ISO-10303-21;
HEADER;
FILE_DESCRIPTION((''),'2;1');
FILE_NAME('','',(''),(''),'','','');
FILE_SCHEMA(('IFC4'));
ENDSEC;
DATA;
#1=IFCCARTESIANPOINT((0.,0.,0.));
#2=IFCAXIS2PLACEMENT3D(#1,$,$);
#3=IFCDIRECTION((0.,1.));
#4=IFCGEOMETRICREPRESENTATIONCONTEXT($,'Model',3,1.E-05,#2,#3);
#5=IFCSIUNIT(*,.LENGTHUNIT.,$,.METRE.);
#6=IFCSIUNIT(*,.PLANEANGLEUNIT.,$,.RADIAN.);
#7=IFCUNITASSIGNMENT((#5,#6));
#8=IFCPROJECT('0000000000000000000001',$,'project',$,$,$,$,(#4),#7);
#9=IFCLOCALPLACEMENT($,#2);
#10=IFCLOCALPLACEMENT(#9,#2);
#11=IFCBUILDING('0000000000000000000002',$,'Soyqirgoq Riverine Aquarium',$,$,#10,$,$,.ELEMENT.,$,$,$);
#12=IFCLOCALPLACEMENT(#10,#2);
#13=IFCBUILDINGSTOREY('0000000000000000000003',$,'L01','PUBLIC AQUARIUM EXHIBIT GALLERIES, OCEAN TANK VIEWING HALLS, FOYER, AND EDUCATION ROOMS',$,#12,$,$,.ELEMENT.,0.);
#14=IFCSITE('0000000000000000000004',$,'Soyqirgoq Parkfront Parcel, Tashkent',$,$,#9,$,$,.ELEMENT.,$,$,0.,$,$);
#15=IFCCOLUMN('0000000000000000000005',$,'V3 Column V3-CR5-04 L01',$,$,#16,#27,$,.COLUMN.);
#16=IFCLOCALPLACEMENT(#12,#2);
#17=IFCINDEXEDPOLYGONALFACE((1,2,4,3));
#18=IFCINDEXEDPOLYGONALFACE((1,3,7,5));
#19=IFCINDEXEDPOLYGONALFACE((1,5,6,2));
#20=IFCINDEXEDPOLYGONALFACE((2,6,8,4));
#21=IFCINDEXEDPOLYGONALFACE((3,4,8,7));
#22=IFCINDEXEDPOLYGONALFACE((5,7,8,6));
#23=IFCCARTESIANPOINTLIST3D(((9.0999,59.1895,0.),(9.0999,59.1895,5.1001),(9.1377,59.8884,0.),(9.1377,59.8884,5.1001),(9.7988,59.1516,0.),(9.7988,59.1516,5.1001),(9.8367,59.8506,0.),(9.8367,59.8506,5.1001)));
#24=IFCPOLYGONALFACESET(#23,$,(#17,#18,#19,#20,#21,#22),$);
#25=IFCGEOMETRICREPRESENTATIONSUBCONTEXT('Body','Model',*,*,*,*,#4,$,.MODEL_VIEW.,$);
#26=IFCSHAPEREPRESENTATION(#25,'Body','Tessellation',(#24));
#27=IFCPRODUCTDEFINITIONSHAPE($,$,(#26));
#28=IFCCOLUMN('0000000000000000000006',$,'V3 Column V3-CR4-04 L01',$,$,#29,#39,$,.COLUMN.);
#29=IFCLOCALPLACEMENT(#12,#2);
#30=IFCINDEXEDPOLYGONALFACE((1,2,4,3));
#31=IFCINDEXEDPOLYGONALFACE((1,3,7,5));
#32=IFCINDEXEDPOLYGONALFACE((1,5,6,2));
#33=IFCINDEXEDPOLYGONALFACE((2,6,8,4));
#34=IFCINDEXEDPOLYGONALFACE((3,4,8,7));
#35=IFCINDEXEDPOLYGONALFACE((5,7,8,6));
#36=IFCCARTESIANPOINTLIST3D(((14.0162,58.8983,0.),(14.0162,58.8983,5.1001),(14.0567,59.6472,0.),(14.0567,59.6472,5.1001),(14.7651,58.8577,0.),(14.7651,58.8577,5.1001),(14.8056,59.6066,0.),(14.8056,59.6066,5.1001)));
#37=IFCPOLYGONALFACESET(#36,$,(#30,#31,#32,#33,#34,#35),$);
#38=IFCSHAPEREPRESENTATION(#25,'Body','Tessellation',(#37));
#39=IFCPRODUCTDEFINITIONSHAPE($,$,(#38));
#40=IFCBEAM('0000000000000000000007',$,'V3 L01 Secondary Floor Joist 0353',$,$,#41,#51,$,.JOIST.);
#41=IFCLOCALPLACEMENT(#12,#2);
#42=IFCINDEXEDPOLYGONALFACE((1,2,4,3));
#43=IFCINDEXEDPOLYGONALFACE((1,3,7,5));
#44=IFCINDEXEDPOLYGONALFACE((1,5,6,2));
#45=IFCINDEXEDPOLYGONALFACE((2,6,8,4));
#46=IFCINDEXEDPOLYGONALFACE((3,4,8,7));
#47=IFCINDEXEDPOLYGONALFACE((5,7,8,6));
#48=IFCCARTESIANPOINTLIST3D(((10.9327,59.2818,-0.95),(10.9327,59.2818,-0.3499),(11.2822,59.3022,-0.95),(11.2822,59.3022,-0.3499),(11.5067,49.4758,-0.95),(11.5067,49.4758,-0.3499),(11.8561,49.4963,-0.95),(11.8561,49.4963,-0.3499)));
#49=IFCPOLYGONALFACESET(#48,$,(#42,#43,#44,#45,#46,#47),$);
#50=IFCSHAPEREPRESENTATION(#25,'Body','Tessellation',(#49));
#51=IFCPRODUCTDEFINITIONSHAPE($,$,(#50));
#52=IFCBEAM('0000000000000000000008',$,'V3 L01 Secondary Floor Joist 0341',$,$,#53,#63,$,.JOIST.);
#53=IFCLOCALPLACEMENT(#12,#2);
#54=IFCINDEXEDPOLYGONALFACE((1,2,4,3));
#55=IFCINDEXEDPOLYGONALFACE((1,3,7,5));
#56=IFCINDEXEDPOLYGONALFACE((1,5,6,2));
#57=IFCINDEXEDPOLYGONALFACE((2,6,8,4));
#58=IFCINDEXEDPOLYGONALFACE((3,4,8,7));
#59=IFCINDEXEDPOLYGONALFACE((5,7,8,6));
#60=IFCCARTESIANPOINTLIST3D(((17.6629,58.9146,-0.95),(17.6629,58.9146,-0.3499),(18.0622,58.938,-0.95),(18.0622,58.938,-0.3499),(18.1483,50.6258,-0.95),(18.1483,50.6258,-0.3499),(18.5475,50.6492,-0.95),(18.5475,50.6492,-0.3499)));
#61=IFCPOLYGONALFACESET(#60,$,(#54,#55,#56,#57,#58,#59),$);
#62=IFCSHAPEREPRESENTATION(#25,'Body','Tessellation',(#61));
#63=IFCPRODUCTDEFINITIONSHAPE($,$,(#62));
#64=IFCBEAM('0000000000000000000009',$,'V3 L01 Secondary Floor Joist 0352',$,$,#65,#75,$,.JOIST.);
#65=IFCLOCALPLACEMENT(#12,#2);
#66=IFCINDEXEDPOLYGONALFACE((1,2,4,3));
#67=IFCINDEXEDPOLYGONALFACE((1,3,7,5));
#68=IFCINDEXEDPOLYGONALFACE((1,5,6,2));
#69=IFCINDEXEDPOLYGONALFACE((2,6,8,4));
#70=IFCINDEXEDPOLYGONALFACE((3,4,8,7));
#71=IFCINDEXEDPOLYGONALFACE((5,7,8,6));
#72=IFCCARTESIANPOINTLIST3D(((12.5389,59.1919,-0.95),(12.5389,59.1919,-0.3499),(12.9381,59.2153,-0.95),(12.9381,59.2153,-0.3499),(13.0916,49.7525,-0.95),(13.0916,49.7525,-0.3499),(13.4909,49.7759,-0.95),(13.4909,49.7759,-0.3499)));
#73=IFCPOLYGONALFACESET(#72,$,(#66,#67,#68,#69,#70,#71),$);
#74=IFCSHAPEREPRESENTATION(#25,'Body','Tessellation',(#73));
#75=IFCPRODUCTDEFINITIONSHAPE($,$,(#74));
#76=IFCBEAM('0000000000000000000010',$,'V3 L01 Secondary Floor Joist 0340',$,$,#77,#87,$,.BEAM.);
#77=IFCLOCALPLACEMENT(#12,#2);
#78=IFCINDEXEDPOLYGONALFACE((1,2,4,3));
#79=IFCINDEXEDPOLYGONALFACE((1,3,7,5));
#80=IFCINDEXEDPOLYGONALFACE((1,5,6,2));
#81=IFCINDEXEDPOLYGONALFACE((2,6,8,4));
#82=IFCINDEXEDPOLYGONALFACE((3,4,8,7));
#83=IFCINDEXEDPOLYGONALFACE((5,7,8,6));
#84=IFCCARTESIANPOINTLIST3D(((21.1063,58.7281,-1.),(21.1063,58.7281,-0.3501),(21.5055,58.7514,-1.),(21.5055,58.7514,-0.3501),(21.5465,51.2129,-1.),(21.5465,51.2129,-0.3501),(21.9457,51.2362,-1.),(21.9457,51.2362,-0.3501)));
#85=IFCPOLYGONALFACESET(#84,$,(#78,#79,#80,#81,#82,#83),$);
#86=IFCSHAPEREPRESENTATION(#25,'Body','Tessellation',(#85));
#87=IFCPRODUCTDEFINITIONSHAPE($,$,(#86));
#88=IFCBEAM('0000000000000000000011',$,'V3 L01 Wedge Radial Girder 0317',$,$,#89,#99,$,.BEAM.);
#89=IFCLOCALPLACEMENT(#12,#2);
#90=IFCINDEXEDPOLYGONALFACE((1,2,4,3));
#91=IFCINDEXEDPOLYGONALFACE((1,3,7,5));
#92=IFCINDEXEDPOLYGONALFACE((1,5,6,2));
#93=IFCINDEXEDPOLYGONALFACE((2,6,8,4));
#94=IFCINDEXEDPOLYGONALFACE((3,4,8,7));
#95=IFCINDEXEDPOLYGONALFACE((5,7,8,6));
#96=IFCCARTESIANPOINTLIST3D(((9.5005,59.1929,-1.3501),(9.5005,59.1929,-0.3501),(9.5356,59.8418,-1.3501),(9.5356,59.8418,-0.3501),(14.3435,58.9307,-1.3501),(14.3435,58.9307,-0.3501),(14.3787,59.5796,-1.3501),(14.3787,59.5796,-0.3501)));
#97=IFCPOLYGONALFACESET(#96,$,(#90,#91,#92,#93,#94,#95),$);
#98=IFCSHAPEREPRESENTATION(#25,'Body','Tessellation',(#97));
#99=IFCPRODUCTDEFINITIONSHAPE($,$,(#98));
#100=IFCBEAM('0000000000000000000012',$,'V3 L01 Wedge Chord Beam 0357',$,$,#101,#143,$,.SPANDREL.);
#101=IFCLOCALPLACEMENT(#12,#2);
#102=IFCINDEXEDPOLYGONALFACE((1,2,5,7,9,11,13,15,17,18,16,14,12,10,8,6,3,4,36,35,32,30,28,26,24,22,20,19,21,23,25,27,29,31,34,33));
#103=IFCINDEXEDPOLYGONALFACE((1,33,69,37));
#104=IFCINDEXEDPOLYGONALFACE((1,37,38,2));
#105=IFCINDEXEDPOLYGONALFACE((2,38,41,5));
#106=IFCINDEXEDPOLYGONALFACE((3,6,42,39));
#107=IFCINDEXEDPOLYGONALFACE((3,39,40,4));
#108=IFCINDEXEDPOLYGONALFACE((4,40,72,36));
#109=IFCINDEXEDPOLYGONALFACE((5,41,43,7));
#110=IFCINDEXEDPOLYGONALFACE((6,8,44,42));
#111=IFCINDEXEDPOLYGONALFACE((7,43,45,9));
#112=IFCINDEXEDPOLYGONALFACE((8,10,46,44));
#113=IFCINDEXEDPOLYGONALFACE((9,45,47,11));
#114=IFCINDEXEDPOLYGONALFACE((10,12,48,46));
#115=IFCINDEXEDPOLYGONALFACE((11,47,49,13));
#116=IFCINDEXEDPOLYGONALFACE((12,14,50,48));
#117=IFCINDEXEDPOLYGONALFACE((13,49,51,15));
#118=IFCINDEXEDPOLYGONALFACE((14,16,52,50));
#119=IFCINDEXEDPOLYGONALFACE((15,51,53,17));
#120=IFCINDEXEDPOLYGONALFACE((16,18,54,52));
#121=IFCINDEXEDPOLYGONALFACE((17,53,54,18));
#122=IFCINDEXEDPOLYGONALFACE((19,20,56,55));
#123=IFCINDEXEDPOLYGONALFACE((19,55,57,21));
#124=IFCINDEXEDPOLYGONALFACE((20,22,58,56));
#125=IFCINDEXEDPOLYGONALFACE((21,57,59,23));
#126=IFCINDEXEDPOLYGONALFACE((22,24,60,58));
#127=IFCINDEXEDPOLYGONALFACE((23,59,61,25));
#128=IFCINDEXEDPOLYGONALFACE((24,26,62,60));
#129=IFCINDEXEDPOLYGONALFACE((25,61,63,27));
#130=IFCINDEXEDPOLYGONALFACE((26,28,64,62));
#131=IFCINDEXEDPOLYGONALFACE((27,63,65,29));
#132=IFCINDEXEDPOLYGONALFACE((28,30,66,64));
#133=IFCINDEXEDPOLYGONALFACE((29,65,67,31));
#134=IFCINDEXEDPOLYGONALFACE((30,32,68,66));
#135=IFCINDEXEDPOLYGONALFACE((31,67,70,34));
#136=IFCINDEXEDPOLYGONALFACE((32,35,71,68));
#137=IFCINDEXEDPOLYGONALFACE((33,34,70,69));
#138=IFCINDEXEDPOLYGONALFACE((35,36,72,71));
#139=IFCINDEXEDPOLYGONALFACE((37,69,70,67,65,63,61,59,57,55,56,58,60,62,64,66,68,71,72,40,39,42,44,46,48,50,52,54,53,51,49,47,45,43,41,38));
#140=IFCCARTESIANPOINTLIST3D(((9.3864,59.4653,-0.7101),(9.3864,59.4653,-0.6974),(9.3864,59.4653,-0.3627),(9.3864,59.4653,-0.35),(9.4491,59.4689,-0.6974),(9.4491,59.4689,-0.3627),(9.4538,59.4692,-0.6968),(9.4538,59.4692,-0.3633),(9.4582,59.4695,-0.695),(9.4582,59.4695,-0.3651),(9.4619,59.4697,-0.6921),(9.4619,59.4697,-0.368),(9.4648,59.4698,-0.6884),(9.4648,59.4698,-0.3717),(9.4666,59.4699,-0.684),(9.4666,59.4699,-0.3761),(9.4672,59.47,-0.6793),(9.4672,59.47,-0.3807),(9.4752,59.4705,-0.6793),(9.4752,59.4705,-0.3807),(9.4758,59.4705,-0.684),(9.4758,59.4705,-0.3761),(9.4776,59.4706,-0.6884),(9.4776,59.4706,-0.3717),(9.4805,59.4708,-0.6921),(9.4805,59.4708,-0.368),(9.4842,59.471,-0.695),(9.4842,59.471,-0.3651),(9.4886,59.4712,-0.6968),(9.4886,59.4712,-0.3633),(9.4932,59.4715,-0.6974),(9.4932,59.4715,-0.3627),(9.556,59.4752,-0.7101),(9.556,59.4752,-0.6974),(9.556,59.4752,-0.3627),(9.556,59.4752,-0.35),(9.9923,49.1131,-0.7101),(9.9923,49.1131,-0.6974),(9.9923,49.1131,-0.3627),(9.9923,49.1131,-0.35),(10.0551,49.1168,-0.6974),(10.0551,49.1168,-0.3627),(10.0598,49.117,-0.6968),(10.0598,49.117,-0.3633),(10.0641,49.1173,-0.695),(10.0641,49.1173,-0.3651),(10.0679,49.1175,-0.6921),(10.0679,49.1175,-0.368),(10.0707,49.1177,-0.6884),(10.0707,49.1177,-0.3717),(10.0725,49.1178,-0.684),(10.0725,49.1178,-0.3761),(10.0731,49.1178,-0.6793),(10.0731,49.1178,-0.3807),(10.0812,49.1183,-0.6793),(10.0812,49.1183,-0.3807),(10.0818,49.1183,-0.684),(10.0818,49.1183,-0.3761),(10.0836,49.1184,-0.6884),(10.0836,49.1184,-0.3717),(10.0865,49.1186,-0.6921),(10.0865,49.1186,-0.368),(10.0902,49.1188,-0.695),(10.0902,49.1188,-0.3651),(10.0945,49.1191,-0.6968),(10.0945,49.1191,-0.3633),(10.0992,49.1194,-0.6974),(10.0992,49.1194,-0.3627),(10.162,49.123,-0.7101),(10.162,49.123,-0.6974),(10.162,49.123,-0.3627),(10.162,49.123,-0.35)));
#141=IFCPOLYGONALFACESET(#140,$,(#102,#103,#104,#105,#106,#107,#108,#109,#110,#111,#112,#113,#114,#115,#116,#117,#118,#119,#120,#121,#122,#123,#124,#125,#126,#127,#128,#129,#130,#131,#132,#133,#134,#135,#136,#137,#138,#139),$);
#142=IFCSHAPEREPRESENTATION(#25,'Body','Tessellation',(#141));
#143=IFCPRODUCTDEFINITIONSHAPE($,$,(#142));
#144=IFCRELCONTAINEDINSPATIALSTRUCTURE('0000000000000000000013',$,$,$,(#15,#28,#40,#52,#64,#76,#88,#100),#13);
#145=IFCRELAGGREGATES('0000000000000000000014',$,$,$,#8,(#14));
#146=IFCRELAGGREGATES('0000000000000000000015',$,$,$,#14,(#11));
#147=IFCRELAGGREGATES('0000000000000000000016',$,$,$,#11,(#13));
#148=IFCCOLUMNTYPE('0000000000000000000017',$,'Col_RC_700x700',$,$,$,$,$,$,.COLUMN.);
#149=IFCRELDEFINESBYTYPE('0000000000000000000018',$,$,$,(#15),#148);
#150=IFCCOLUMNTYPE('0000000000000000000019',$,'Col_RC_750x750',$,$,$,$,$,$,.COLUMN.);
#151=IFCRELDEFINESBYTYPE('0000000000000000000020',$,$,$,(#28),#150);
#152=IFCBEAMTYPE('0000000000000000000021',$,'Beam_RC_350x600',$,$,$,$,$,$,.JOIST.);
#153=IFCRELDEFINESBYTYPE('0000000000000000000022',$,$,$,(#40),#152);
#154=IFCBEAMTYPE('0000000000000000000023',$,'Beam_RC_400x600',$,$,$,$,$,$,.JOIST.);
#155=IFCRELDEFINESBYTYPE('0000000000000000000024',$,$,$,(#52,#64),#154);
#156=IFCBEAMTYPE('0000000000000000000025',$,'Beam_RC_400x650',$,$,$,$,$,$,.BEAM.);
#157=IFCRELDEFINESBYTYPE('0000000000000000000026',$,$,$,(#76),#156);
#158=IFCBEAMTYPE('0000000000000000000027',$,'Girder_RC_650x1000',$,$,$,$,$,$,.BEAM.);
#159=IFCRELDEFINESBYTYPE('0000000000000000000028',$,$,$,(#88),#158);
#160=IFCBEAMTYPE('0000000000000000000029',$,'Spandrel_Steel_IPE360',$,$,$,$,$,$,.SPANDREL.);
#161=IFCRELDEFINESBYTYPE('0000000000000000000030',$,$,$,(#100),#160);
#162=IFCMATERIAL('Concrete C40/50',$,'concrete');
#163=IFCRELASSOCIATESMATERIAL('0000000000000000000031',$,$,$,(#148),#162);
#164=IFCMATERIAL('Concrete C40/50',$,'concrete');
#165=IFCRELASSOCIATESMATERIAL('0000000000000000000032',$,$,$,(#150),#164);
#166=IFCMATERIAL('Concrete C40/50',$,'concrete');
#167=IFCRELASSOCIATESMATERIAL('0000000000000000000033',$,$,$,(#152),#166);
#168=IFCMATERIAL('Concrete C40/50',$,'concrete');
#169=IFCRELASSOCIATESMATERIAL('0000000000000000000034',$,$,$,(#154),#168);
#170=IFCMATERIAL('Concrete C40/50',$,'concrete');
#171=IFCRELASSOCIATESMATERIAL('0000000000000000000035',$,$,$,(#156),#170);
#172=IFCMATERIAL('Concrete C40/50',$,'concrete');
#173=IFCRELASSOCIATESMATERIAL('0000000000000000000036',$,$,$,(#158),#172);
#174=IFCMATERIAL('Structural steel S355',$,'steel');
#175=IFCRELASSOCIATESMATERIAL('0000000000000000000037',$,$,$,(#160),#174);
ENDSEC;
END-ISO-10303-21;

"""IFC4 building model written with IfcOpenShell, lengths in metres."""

from ifc_helpers import new_model, si_unit, direction, frame, origin, origin_2d, place, context, subcontext, project, spatial, rectangle, i_section, extrude, material, material_profile, profile_set, type_object, element, save


model = new_model("IFC4")

# Units and contexts
model_context = context("Model", 3, precision=1e-05, world=origin(), true_north=direction((0.0, 1.0)))
body_context = subcontext(model_context, "Body", "Model", "MODEL_VIEW")
ifc_project = project(units=[si_unit("LENGTHUNIT", "METRE"), si_unit("PLANEANGLEUNIT", "RADIAN")], contexts=[model_context])

# Site, building, storey
site_placement = place(None, origin())
site = spatial("IfcSite", under=ifc_project, at=site_placement, Name="Soyqirgoq Parkfront Parcel, Tashkent", CompositionType="ELEMENT", RefElevation=0.0)
building_placement = place(site_placement, origin())
building = spatial("IfcBuilding", under=site, at=building_placement, Name="Soyqirgoq Riverine Aquarium", CompositionType="ELEMENT")
storey_placement = place(building_placement, origin())
storey = spatial("IfcBuildingStorey", under=building, at=storey_placement, Name="L01", Description="PUBLIC AQUARIUM EXHIBIT GALLERIES, OCEAN TANK VIEWING HALLS, FOYER, AND EDUCATION ROOMS", CompositionType="ELEMENT", Elevation=0.0)

# Columns
ifc_material_1 = material(Name="Concrete C40/50", Category="concrete")
ifc_material_profile_1 = material_profile(ifc_material_1, rectangle(XDim=0.7, YDim=0.7, at=origin_2d()), Name="RC 700x700")
ifc_profile_set_1 = profile_set([ifc_material_profile_1], Name="Concrete C40/50")
column_type_1 = type_object("IfcColumnType", Name="Col_RC_700x700", PredefinedType="COLUMN", material=ifc_profile_set_1)
column_1_placement = place(storey_placement, frame((9.4683, 59.52, 0.0), z_axis=(0.0, 0.0, 1.0), x_axis=(-0.998537, 0.054079, 0.0)))
element("IfcColumn", 1, at=column_1_placement, inside=storey, type_object=column_type_1, Name="V3 Column V3-CR5-04 L01", PredefinedType="COLUMN", context=body_context, shape_type="SweptSolid", body=[
    extrude(rectangle(XDim=0.7, YDim=0.7, at=origin_2d()), origin(), (0.0, 0.0, 1.0), 5.1001),
])
ifc_material_2 = material(Name="Concrete C40/50", Category="concrete")
ifc_material_profile_2 = material_profile(ifc_material_2, rectangle(XDim=0.75, YDim=0.75, at=origin_2d()), Name="RC 750x750")
ifc_profile_set_2 = profile_set([ifc_material_profile_2], Name="Concrete C40/50")
column_type_2 = type_object("IfcColumnType", Name="Col_RC_750x750", PredefinedType="COLUMN", material=ifc_profile_set_2)
column_2_placement = place(storey_placement, frame((14.4109, 59.2524, 0.0), z_axis=(0.0, 0.0, 1.0), x_axis=(-0.998537, 0.054079, 0.0)))
element("IfcColumn", 2, at=column_2_placement, inside=storey, type_object=column_type_2, Name="V3 Column V3-CR4-04 L01", PredefinedType="COLUMN", context=body_context, shape_type="SweptSolid", body=[
    extrude(rectangle(XDim=0.75, YDim=0.75, at=origin_2d()), origin(), (0.0, 0.0, 1.0), 5.1001),
])

# Beams
ifc_material_3 = material(Name="Concrete C40/50", Category="concrete")
ifc_material_profile_3 = material_profile(ifc_material_3, rectangle(XDim=0.3501, YDim=0.6001, at=origin_2d()), Name="RC 350x600")
ifc_profile_set_3 = profile_set([ifc_material_profile_3], Name="Concrete C40/50")
beam_type_1 = type_object("IfcBeamType", Name="Beam_RC_350x600", PredefinedType="JOIST", material=ifc_profile_set_3)
beam_1_placement = place(storey_placement, frame((11.1074, 59.292, -0.6499), z_axis=(0.058434, -0.998291, 0.0), x_axis=(0.998291, 0.058434, 0.0)))
element("IfcBeam", 3, at=beam_1_placement, inside=storey, type_object=beam_type_1, Name="V3 L01 Secondary Floor Joist 0353", PredefinedType="JOIST", context=body_context, shape_type="SweptSolid", body=[
    extrude(rectangle(XDim=0.3501, YDim=0.6001, at=origin_2d()), origin(), (0.0, 0.0, 1.0), 9.8228),
])
ifc_material_4 = material(Name="Concrete C40/50", Category="concrete")
ifc_material_profile_4 = material_profile(ifc_material_4, rectangle(XDim=0.3999, YDim=0.6001, at=origin_2d()), Name="RC 400x600")
ifc_profile_set_4 = profile_set([ifc_material_profile_4], Name="Concrete C40/50")
beam_type_2 = type_object("IfcBeamType", Name="Beam_RC_400x600", PredefinedType="JOIST", material=ifc_profile_set_4)
beam_2_placement = place(storey_placement, frame((17.8625, 58.9263, -0.6499), z_axis=(0.058455, -0.99829, 0.0), x_axis=(0.99829, 0.058455, 0.0)))
element("IfcBeam", 4, at=beam_2_placement, inside=storey, type_object=beam_type_2, Name="V3 L01 Secondary Floor Joist 0341", PredefinedType="JOIST", context=body_context, shape_type="SweptSolid", body=[
    extrude(rectangle(XDim=0.3999, YDim=0.6001, at=origin_2d()), origin(), (0.0, 0.0, 1.0), 8.303),
])
beam_3_placement = place(storey_placement, frame((12.7385, 59.2036, -0.6499), z_axis=(0.058456, -0.99829, 0.0), x_axis=(0.99829, 0.058456, 0.0)))
element("IfcBeam", 5, at=beam_3_placement, inside=storey, type_object=beam_type_2, Name="V3 L01 Secondary Floor Joist 0352", PredefinedType="JOIST", context=body_context, shape_type="SweptSolid", body=[
    extrude(rectangle(XDim=0.3999, YDim=0.6001, at=origin_2d()), origin(), (0.0, 0.0, 1.0), 9.4556),
])
ifc_material_5 = material(Name="Concrete C40/50", Category="concrete")
ifc_material_profile_5 = material_profile(ifc_material_5, rectangle(XDim=0.3999, YDim=0.6499, at=origin_2d()), Name="RC 400x650")
ifc_profile_set_5 = profile_set([ifc_material_profile_5], Name="Concrete C40/50")
beam_type_3 = type_object("IfcBeamType", Name="Beam_RC_400x650", PredefinedType="BEAM", material=ifc_profile_set_5)
beam_4_placement = place(storey_placement, frame((21.3059, 58.7397, -0.675), z_axis=(0.058473, -0.998289, 0.0), x_axis=(0.998289, 0.058473, 0.0)))
element("IfcBeam", 6, at=beam_4_placement, inside=storey, type_object=beam_type_3, Name="V3 L01 Secondary Floor Joist 0340", PredefinedType="BEAM", context=body_context, shape_type="SweptSolid", body=[
    extrude(rectangle(XDim=0.3999, YDim=0.6499, at=origin_2d()), origin(), (0.0, 0.0, 1.0), 7.5281),
])
ifc_material_6 = material(Name="Concrete C40/50", Category="concrete")
ifc_material_profile_6 = material_profile(ifc_material_6, rectangle(XDim=0.6499, YDim=1.0, at=origin_2d()), Name="RC 650x1000")
ifc_profile_set_6 = profile_set([ifc_material_profile_6], Name="Concrete C40/50")
beam_type_4 = type_object("IfcBeamType", Name="Girder_RC_650x1000", PredefinedType="BEAM", material=ifc_profile_set_6)
beam_5_placement = place(storey_placement, frame((14.3611, 59.2551, -0.8501), z_axis=(-0.998538, 0.054062, 0.0), x_axis=(-0.054062, -0.998538, 0.0)))
element("IfcBeam", 7, at=beam_5_placement, inside=storey, type_object=beam_type_4, Name="V3 L01 Wedge Radial Girder 0317", PredefinedType="BEAM", context=body_context, shape_type="SweptSolid", body=[
    extrude(rectangle(XDim=0.6499, YDim=1.0, at=origin_2d()), origin(), (0.0, 0.0, 1.0), 4.8501),
])
ifc_material_7 = material(Name="Structural steel S355", Category="steel")
ifc_material_profile_7 = material_profile(ifc_material_7, i_section(OverallWidth=0.1699, OverallDepth=0.3601, WebThickness=0.0081, FlangeThickness=0.0127, FilletRadius=0.0181, at=origin_2d()), Name="IPE 360")
ifc_profile_set_7 = profile_set([ifc_material_profile_7], Name="Structural steel S355")
beam_type_5 = type_object("IfcBeamType", Name="Spandrel_Steel_IPE360", PredefinedType="SPANDREL", material=ifc_profile_set_7)
beam_6_placement = place(storey_placement, frame((9.4712, 59.4702, -0.53), z_axis=(0.058435, -0.998291, 0.0), x_axis=(0.998291, 0.058435, 0.0)))
element("IfcBeam", 8, at=beam_6_placement, inside=storey, type_object=beam_type_5, Name="V3 L01 Wedge Chord Beam 0357", PredefinedType="SPANDREL", context=body_context, shape_type="SweptSolid", body=[
    extrude(i_section(OverallWidth=0.1699, OverallDepth=0.3601, WebThickness=0.0081, FlangeThickness=0.0127, FilletRadius=0.0181, at=origin_2d()), origin(), (0.0, 0.0, 1.0), 10.3699),
])

save(model, "model.ifc")
